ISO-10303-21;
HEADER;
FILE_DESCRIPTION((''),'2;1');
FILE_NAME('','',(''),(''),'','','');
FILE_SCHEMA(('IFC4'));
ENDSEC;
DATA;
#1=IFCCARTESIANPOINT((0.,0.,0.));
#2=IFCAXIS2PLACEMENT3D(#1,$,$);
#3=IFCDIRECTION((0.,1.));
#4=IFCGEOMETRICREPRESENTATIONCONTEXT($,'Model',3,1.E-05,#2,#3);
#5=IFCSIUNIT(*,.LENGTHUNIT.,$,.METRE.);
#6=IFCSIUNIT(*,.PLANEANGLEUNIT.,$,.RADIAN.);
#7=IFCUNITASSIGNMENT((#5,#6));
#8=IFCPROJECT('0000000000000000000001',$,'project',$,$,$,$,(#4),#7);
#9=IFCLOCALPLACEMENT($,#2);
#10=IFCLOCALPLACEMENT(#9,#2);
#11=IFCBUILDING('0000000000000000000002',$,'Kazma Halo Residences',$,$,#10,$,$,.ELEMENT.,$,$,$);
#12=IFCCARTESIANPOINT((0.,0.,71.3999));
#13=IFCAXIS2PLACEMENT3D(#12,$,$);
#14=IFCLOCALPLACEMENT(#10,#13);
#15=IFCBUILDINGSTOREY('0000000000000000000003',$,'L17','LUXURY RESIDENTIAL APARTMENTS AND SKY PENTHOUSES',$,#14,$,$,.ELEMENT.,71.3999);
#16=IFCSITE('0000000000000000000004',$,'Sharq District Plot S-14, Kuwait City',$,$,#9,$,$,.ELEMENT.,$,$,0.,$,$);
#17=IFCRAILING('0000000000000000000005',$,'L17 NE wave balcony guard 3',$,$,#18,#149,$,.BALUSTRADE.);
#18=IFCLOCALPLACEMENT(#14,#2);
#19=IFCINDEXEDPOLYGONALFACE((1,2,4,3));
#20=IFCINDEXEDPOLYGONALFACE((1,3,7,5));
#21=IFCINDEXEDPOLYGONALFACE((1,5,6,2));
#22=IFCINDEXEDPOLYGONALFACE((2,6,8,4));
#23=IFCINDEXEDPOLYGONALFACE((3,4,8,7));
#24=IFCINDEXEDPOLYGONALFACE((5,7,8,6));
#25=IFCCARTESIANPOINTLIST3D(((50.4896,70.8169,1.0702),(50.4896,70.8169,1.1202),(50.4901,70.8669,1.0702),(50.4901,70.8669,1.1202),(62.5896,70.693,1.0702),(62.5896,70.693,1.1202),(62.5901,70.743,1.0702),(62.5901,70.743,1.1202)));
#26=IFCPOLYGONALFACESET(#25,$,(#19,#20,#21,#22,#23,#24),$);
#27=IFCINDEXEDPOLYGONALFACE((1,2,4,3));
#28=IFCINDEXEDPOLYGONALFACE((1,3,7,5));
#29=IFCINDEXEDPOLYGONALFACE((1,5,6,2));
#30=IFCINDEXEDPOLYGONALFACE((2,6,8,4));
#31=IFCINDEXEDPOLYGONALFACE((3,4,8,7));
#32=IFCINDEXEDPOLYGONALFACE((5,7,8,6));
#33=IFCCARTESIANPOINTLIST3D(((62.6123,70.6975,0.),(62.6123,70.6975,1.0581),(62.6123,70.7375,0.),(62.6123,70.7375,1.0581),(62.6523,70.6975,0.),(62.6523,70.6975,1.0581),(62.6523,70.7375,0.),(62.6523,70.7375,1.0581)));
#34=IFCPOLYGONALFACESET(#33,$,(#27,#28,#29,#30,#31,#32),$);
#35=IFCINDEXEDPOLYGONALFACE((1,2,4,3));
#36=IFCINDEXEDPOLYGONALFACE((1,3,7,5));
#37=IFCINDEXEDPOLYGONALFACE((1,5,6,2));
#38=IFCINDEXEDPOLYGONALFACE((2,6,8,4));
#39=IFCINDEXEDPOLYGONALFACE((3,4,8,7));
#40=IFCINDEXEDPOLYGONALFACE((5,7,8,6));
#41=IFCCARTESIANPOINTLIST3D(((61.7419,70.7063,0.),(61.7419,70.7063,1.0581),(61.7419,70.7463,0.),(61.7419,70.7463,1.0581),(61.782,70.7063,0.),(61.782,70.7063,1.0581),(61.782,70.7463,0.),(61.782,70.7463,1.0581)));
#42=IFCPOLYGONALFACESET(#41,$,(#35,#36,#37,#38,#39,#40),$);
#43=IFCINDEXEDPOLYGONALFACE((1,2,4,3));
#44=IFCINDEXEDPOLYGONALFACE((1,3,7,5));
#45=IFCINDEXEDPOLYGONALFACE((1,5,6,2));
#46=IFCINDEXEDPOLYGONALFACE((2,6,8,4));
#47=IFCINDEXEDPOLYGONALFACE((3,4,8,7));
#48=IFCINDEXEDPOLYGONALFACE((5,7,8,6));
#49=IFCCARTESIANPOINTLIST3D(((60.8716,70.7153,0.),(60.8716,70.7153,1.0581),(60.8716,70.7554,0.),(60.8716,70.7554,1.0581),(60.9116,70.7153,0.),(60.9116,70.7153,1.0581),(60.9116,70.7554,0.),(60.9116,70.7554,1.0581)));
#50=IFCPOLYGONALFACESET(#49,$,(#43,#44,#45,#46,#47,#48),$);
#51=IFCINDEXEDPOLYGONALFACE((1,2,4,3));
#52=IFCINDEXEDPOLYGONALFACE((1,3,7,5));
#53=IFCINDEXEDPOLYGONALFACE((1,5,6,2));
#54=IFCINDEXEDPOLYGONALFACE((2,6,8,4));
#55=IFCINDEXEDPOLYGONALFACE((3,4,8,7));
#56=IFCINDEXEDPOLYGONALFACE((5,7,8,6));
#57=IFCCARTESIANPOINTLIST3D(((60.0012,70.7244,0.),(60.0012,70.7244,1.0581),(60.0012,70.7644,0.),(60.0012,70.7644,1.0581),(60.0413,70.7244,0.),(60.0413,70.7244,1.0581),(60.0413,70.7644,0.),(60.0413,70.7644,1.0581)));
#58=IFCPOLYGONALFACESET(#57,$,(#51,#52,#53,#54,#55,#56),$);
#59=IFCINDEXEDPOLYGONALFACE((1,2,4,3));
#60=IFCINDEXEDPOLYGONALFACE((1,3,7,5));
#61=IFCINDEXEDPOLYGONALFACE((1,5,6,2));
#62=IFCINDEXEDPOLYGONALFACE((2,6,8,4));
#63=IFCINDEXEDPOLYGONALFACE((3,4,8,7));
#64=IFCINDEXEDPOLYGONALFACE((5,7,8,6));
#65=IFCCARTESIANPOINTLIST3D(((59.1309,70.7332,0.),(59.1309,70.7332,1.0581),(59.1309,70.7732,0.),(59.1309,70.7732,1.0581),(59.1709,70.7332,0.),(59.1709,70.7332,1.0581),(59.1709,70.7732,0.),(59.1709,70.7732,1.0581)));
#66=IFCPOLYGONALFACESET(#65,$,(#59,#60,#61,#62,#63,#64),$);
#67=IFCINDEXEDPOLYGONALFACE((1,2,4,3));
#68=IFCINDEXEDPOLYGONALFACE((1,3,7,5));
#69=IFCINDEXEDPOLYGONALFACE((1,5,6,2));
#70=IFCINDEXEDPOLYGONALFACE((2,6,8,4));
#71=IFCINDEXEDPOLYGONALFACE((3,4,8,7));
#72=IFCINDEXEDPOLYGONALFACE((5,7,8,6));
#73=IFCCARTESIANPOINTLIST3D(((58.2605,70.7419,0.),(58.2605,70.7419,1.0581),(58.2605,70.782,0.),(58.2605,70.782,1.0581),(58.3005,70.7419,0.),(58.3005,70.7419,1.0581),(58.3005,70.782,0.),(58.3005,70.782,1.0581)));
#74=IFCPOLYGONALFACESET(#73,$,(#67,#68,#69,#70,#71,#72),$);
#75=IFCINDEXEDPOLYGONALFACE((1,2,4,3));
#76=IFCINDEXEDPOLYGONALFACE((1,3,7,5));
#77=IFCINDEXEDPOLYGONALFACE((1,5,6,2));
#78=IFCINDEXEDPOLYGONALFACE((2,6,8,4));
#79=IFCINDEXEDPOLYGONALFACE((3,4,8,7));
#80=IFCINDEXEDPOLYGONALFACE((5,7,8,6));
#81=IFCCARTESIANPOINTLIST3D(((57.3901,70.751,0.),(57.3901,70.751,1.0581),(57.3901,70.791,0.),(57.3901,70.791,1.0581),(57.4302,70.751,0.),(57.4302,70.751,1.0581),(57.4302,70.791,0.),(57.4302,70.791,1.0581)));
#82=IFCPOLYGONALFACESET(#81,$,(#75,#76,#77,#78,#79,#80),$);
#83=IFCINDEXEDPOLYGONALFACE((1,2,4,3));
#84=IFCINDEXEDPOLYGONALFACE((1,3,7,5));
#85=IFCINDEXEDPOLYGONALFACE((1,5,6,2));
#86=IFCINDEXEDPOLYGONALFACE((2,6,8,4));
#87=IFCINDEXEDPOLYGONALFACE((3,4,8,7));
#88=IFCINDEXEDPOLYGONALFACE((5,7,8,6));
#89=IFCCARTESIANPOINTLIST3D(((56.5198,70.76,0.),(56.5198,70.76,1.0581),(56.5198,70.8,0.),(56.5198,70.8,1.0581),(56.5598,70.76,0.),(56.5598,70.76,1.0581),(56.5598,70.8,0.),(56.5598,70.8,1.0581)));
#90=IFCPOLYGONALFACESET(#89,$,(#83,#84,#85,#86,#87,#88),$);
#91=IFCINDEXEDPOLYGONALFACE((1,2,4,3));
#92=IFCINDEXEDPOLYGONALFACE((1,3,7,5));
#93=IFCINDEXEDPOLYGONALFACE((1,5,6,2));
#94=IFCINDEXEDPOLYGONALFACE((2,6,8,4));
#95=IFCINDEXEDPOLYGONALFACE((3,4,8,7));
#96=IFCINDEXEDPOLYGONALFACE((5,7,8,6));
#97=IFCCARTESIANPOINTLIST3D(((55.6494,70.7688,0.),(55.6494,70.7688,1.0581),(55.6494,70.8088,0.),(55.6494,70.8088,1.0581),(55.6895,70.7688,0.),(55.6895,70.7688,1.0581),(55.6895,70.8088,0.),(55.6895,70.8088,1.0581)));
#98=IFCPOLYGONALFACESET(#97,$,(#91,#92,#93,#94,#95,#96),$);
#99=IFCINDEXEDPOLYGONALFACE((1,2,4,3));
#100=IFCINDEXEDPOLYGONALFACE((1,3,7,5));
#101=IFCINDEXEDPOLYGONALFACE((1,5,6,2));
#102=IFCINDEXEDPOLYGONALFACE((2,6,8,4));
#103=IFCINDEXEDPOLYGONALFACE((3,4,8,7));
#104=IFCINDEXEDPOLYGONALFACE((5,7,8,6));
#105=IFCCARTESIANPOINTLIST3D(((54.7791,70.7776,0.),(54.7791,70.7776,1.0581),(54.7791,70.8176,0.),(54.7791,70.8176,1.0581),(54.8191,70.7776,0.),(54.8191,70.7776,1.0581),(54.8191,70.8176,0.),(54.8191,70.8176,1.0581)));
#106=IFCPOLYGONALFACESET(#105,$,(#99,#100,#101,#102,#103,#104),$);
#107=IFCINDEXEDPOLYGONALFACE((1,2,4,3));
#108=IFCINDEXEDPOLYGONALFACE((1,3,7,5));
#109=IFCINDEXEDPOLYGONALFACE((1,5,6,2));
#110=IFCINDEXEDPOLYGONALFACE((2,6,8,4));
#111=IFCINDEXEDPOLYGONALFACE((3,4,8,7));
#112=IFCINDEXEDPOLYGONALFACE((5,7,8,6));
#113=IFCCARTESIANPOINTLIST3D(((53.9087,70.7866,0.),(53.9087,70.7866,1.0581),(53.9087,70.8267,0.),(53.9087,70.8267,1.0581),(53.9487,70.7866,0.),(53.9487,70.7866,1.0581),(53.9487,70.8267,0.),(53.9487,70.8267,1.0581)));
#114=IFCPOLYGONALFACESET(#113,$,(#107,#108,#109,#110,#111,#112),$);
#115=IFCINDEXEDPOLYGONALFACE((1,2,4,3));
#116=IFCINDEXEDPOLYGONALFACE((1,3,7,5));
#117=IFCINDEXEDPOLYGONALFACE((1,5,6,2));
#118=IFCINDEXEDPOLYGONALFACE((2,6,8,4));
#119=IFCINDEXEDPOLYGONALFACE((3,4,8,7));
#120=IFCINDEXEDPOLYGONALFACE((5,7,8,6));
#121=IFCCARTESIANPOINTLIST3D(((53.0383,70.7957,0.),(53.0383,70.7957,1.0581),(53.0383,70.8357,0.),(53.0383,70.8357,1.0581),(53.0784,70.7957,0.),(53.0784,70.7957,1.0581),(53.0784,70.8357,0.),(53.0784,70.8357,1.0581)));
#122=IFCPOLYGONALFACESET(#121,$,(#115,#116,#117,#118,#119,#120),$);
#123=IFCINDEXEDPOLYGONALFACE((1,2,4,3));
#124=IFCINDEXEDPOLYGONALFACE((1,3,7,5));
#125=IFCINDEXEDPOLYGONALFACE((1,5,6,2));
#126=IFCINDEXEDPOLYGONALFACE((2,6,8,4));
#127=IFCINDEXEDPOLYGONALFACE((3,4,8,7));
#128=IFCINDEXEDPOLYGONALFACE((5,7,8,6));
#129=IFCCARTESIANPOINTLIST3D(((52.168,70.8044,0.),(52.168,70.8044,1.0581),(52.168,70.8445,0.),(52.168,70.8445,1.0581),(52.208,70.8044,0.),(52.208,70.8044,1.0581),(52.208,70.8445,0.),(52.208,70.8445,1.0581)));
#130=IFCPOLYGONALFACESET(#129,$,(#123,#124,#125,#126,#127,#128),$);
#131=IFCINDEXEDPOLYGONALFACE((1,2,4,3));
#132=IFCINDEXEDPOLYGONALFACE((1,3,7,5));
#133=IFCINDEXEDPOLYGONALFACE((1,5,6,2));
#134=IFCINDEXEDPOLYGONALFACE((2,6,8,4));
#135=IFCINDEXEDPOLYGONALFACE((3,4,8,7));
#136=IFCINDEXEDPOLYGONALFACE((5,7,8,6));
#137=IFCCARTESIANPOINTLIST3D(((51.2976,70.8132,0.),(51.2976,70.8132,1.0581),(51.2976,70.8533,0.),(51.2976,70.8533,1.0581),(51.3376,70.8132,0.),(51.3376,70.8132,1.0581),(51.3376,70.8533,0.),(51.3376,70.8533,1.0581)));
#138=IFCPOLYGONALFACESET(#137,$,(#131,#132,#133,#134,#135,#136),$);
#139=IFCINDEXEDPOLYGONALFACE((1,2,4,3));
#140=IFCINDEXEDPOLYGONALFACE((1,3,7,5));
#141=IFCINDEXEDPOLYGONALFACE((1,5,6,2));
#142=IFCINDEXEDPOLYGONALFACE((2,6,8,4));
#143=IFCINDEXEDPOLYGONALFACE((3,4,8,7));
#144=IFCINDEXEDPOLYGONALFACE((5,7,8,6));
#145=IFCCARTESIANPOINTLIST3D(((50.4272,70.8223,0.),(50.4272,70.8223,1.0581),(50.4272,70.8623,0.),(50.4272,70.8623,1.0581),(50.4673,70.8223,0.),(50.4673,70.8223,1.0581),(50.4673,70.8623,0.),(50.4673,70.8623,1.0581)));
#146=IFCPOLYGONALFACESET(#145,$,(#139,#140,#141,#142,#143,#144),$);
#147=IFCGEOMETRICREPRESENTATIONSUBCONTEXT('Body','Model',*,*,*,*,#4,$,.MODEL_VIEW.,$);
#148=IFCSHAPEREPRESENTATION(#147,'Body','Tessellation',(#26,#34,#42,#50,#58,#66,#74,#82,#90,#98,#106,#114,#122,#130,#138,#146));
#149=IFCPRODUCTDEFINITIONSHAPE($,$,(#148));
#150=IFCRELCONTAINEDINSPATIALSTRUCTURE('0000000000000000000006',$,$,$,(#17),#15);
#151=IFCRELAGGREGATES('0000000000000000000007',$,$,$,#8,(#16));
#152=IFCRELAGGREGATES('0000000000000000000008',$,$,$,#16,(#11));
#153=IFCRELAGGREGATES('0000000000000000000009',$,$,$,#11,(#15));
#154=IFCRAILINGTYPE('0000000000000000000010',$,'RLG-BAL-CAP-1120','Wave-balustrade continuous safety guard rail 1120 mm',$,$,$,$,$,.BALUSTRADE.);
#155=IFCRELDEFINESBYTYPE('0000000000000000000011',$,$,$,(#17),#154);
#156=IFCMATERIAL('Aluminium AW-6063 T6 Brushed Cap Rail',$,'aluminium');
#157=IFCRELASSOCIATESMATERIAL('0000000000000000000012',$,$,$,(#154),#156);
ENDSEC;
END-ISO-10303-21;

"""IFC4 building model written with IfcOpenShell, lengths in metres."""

from ifc_helpers import new_model, si_unit, direction, frame, origin, origin_2d, place, context, subcontext, project, spatial, rectangle, extrude, material, type_object, element, save


model = new_model("IFC4")

# Units and contexts
model_context = context("Model", 3, precision=1e-05, world=origin(), true_north=direction((0.0, 1.0)))
body_context = subcontext(model_context, "Body", "Model", "MODEL_VIEW")
ifc_project = project(units=[si_unit("LENGTHUNIT", "METRE"), si_unit("PLANEANGLEUNIT", "RADIAN")], contexts=[model_context])

# Site, building, storey
site_placement = place(None, origin())
site = spatial("IfcSite", under=ifc_project, at=site_placement, Name="Sharq District Plot S-14, Kuwait City", CompositionType="ELEMENT", RefElevation=0.0)
building_placement = place(site_placement, origin())
building = spatial("IfcBuilding", under=site, at=building_placement, Name="Kazma Halo Residences", CompositionType="ELEMENT")
storey_placement = place(building_placement, frame((0.0, 0.0, 71.3999)))
storey = spatial("IfcBuildingStorey", under=building, at=storey_placement, Name="L17", Description="LUXURY RESIDENTIAL APARTMENTS AND SKY PENTHOUSES", CompositionType="ELEMENT", Elevation=71.3999)

# Railing
ifc_material_1 = material(Name="Aluminium AW-6063 T6 Brushed Cap Rail", Category="aluminium")
railing_type = type_object("IfcRailingType", Name="RLG-BAL-CAP-1120", Description="Wave-balustrade continuous safety guard rail 1120 mm", PredefinedType="BALUSTRADE", material=ifc_material_1)
railing_1_placement = place(storey_placement, frame((62.6323, 70.7175, 0.0)))
element("IfcRailing", 1, at=railing_1_placement, inside=storey, type_object=railing_type, Name="L17 NE wave balcony guard 3", PredefinedType="BALUSTRADE", context=body_context, shape_type="SweptSolid", body=[
    extrude(rectangle(XDim=0.05, YDim=0.05, at=origin_2d()), frame((-0.0425, 0.0005, 1.0952), z_axis=(-0.999948, 0.010238, 0.0), x_axis=(-0.010238, -0.999948, 0.0)), (0.0, 0.0, 1.0), 12.1006),
    extrude(rectangle(XDim=0.04, YDim=0.04, at=origin_2d()), origin(), (0.0, 0.0, 1.0), 1.0581),
    extrude(rectangle(XDim=0.04, YDim=0.04, at=origin_2d()), frame((-0.8704, 0.0088, 0.0)), (0.0, 0.0, 1.0), 1.0581),
    extrude(rectangle(XDim=0.04, YDim=0.04, at=origin_2d()), frame((-1.7407, 0.0178, 0.0)), (0.0, 0.0, 1.0), 1.0581),
    extrude(rectangle(XDim=0.04, YDim=0.04, at=origin_2d()), frame((-2.6111, 0.0269, 0.0)), (0.0, 0.0, 1.0), 1.0581),
    extrude(rectangle(XDim=0.04, YDim=0.04, at=origin_2d()), frame((-3.4814, 0.0356, 0.0)), (0.0, 0.0, 1.0), 1.0581),
    extrude(rectangle(XDim=0.04, YDim=0.04, at=origin_2d()), frame((-4.3518, 0.0444, 0.0)), (0.0, 0.0, 1.0), 1.0581),
    extrude(rectangle(XDim=0.04, YDim=0.04, at=origin_2d()), frame((-5.2222, 0.0535, 0.0)), (0.0, 0.0, 1.0), 1.0581),
    extrude(rectangle(XDim=0.04, YDim=0.04, at=origin_2d()), frame((-6.0925, 0.0625, 0.0)), (0.0, 0.0, 1.0), 1.0581),
    extrude(rectangle(XDim=0.04, YDim=0.04, at=origin_2d()), frame((-6.9629, 0.0713, 0.0)), (0.0, 0.0, 1.0), 1.0581),
    extrude(rectangle(XDim=0.04, YDim=0.04, at=origin_2d()), frame((-7.8333, 0.0801, 0.0)), (0.0, 0.0, 1.0), 1.0581),
    extrude(rectangle(XDim=0.04, YDim=0.04, at=origin_2d()), frame((-8.7036, 0.0891, 0.0)), (0.0, 0.0, 1.0), 1.0581),
    extrude(rectangle(XDim=0.04, YDim=0.04, at=origin_2d()), frame((-9.574, 0.0981, 0.0)), (0.0, 0.0, 1.0), 1.0581),
    extrude(rectangle(XDim=0.04, YDim=0.04, at=origin_2d()), frame((-10.4443, 0.1069, 0.0)), (0.0, 0.0, 1.0), 1.0581),
    extrude(rectangle(XDim=0.04, YDim=0.04, at=origin_2d()), frame((-11.3147, 0.1157, 0.0)), (0.0, 0.0, 1.0), 1.0581),
    extrude(rectangle(XDim=0.04, YDim=0.04, at=origin_2d()), frame((-12.1851, 0.1248, 0.0)), (0.0, 0.0, 1.0), 1.0581),
])

save(model, "model.ifc")
